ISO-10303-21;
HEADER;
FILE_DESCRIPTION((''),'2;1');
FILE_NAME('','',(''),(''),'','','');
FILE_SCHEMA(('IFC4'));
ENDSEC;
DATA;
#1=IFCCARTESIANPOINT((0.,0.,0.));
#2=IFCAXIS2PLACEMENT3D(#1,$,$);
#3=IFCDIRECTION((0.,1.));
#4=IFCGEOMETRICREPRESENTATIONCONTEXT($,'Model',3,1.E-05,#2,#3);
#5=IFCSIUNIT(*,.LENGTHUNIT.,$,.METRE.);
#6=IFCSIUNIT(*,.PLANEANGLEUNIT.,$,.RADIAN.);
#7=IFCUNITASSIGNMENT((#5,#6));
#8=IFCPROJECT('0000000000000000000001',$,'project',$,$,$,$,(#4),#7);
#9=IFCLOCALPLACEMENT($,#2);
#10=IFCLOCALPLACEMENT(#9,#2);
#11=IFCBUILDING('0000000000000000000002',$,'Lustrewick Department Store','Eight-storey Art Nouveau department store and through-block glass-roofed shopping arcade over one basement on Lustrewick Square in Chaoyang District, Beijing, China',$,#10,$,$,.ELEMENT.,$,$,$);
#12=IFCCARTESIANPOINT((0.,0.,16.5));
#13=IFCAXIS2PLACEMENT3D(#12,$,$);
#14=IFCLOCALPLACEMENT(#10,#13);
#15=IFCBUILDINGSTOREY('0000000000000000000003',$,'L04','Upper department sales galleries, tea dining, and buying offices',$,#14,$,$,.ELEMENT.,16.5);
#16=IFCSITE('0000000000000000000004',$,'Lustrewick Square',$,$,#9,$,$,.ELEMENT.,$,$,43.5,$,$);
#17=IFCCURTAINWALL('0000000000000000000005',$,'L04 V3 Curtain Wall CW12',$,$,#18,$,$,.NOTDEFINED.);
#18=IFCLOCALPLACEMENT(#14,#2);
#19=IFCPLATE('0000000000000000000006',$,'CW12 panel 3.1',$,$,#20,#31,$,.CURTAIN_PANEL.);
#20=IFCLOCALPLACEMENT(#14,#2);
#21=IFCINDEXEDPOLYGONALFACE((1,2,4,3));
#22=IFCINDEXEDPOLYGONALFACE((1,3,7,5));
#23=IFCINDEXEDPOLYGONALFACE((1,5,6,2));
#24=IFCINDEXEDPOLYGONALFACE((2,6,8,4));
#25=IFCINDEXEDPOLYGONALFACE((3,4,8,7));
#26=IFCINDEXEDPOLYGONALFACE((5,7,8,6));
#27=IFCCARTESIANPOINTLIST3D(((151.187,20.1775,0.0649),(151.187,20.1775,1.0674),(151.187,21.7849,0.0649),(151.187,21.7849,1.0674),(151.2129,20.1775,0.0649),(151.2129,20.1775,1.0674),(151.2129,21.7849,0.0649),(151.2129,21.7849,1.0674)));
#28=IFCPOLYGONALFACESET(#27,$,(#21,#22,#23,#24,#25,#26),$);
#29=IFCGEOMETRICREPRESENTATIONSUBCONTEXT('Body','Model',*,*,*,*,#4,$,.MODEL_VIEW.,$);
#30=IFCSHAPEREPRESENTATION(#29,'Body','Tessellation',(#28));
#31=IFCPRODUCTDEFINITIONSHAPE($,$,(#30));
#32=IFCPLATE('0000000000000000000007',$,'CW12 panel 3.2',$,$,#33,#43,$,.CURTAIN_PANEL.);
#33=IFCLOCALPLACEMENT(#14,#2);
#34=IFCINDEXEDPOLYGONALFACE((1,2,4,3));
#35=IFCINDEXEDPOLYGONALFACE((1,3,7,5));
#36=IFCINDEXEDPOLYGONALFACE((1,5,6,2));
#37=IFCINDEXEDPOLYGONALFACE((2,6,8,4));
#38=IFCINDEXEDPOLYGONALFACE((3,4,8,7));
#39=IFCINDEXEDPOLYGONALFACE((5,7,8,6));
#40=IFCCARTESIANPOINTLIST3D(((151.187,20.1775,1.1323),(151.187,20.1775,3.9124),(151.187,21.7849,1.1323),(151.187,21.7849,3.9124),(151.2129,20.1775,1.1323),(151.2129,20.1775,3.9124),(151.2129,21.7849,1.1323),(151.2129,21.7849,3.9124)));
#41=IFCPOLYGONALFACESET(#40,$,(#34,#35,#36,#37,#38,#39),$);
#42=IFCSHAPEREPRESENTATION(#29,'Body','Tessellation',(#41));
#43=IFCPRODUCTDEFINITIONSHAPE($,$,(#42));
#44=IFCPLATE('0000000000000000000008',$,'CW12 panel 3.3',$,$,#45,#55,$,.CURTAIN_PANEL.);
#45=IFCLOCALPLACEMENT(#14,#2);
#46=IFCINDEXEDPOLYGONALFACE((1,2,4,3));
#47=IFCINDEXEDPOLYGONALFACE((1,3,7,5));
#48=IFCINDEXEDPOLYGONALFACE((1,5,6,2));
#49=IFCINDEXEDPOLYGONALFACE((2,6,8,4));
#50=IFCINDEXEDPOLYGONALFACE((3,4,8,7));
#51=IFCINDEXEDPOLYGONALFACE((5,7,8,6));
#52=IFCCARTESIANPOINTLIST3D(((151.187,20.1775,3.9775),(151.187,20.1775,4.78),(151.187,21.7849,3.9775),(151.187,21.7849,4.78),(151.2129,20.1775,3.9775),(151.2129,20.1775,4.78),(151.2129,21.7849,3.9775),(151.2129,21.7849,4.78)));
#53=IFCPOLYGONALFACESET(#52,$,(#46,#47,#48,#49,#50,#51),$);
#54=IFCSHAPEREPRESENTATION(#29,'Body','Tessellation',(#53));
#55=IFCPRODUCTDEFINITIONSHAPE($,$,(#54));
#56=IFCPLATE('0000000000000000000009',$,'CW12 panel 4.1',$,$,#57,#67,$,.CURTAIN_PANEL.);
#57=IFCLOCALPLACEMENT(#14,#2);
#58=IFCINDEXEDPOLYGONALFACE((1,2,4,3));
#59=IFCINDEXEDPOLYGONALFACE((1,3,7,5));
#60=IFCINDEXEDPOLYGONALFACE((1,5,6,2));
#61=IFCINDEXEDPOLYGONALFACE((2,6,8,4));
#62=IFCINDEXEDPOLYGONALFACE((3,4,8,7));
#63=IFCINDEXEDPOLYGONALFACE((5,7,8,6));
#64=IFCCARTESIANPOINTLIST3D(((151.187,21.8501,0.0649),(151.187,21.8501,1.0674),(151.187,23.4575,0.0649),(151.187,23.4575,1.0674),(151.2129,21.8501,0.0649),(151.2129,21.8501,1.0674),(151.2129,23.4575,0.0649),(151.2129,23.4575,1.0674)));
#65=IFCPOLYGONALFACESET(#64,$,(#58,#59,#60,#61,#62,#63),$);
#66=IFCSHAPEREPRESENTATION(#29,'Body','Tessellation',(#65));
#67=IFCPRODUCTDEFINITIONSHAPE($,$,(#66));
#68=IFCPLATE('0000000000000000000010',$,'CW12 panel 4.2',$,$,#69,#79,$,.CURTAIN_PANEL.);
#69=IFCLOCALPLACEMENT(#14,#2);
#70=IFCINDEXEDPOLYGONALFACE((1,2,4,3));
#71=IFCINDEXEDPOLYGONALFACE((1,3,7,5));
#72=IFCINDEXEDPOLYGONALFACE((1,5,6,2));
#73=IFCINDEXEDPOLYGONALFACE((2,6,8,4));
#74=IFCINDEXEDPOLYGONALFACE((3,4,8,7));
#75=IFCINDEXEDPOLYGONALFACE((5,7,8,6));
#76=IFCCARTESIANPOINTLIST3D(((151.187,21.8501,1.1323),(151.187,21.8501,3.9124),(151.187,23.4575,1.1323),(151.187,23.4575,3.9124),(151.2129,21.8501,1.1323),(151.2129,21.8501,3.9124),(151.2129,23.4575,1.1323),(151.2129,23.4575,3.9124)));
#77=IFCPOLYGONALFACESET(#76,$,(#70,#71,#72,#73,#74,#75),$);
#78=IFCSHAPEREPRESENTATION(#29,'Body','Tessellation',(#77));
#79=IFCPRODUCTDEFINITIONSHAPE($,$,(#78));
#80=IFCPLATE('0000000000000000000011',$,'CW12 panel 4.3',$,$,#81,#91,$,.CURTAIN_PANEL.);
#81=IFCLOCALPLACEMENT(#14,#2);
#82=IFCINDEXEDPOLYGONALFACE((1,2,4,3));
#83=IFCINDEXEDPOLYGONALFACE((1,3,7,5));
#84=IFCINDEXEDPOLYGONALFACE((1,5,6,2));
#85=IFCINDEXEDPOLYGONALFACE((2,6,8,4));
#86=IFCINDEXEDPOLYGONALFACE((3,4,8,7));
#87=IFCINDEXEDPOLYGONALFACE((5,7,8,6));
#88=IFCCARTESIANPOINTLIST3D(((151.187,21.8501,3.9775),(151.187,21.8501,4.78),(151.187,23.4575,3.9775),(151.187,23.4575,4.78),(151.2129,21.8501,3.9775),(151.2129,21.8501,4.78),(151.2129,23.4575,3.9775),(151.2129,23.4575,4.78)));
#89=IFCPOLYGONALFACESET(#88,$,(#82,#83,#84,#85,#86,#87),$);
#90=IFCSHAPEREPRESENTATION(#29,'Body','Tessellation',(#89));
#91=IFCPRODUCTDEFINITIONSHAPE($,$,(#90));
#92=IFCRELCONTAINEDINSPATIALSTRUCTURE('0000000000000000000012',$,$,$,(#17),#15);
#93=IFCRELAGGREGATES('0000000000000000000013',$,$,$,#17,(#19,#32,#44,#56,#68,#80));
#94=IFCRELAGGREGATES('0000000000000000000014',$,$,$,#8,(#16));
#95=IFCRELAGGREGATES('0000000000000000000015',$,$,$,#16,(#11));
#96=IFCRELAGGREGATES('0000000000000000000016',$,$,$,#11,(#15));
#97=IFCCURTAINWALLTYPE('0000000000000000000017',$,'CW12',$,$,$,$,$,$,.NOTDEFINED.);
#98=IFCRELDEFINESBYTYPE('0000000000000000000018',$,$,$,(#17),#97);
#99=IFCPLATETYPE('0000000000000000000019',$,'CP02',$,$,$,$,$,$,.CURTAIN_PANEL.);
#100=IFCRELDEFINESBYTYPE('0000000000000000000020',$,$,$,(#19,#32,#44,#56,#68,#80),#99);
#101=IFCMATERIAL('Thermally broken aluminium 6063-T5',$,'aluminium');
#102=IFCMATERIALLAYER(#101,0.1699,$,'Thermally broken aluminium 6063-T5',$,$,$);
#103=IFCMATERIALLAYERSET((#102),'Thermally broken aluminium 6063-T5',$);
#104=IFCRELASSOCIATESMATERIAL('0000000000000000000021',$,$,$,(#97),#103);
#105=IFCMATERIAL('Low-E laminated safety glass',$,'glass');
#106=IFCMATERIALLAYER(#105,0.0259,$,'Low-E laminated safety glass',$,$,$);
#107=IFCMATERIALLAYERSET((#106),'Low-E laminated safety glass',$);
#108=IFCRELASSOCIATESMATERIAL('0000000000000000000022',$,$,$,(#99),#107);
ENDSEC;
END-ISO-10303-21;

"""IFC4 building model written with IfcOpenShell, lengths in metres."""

from ifc_helpers import new_model, si_unit, direction, frame, origin, origin_2d, place, context, subcontext, project, spatial, rectangle, extrude, material, layer, layer_set, type_object, element, aggregate, save


model = new_model("IFC4")

# Units and contexts
model_context = context("Model", 3, precision=1e-05, world=origin(), true_north=direction((0.0, 1.0)))
body_context = subcontext(model_context, "Body", "Model", "MODEL_VIEW")
ifc_project = project(units=[si_unit("LENGTHUNIT", "METRE"), si_unit("PLANEANGLEUNIT", "RADIAN")], contexts=[model_context])

# Site, building, storey
site_placement = place(None, origin())
site = spatial("IfcSite", under=ifc_project, at=site_placement, Name="Lustrewick Square", CompositionType="ELEMENT", RefElevation=43.5)
building_placement = place(site_placement, origin())
building = spatial("IfcBuilding", under=site, at=building_placement, Name="Lustrewick Department Store", Description="Eight-storey Art Nouveau department store and through-block glass-roofed shopping arcade over one basement on Lustrewick Square in Chaoyang District, Beijing, China", CompositionType="ELEMENT")
storey_placement = place(building_placement, frame((0.0, 0.0, 16.5)))
storey = spatial("IfcBuildingStorey", under=building, at=storey_placement, Name="L04", Description="Upper department sales galleries, tea dining, and buying offices", CompositionType="ELEMENT", Elevation=16.5)

# Curtain wall, plates
ifc_material_1 = material(Name="Thermally broken aluminium 6063-T5", Category="aluminium")
ifc_layer_1 = layer(ifc_material_1, 0.1699, Name="Thermally broken aluminium 6063-T5")
ifc_layer_set_1 = layer_set([ifc_layer_1], Name="Thermally broken aluminium 6063-T5")
curtain_wall_type = type_object("IfcCurtainWallType", Name="CW12", PredefinedType="NOTDEFINED", material=ifc_layer_set_1)
curtain_wall_placement = place(storey_placement, origin())
curtain_wall = element("IfcCurtainWall", 1, at=curtain_wall_placement, inside=storey, type_object=curtain_wall_type, Name="L04 V3 Curtain Wall CW12", PredefinedType="NOTDEFINED")
ifc_material_2 = material(Name="Low-E laminated safety glass", Category="glass")
ifc_layer_2 = layer(ifc_material_2, 0.0259, Name="Low-E laminated safety glass")
ifc_layer_set_2 = layer_set([ifc_layer_2], Name="Low-E laminated safety glass")
plate_type = type_object("IfcPlateType", Name="CP02", PredefinedType="CURTAIN_PANEL", material=ifc_layer_set_2)
plate_1_placement = place(storey_placement, frame((151.2, 20.9812, 0.0649), z_axis=(0.0, 0.0, 1.0), x_axis=(0.0, 1.0, 0.0)))
plate_1 = element("IfcPlate", 2, at=plate_1_placement, type_object=plate_type, Name="CW12 panel 3.1", PredefinedType="CURTAIN_PANEL", context=body_context, shape_type="SweptSolid", body=[
    extrude(rectangle(XDim=1.6074, YDim=0.0259, at=origin_2d()), origin(), (0.0, 0.0, 1.0), 1.0024),
])
plate_2_placement = place(storey_placement, frame((151.2, 20.9812, 1.1323), z_axis=(0.0, 0.0, 1.0), x_axis=(0.0, 1.0, 0.0)))
plate_2 = element("IfcPlate", 3, at=plate_2_placement, type_object=plate_type, Name="CW12 panel 3.2", PredefinedType="CURTAIN_PANEL", context=body_context, shape_type="SweptSolid", body=[
    extrude(rectangle(XDim=1.6074, YDim=0.0259, at=origin_2d()), origin(), (0.0, 0.0, 1.0), 2.78),
])
plate_3_placement = place(storey_placement, frame((151.2, 20.9812, 3.9775), z_axis=(0.0, 0.0, 1.0), x_axis=(0.0, 1.0, 0.0)))
plate_3 = element("IfcPlate", 4, at=plate_3_placement, type_object=plate_type, Name="CW12 panel 3.3", PredefinedType="CURTAIN_PANEL", context=body_context, shape_type="SweptSolid", body=[
    extrude(rectangle(XDim=1.6074, YDim=0.0259, at=origin_2d()), origin(), (0.0, 0.0, 1.0), 0.8025),
])
plate_4_placement = place(storey_placement, frame((151.2, 22.6538, 0.0649), z_axis=(0.0, 0.0, 1.0), x_axis=(0.0, 1.0, 0.0)))
plate_4 = element("IfcPlate", 5, at=plate_4_placement, type_object=plate_type, Name="CW12 panel 4.1", PredefinedType="CURTAIN_PANEL", context=body_context, shape_type="SweptSolid", body=[
    extrude(rectangle(XDim=1.6074, YDim=0.0259, at=origin_2d()), origin(), (0.0, 0.0, 1.0), 1.0024),
])
plate_5_placement = place(storey_placement, frame((151.2, 22.6538, 1.1323), z_axis=(0.0, 0.0, 1.0), x_axis=(0.0, 1.0, 0.0)))
plate_5 = element("IfcPlate", 6, at=plate_5_placement, type_object=plate_type, Name="CW12 panel 4.2", PredefinedType="CURTAIN_PANEL", context=body_context, shape_type="SweptSolid", body=[
    extrude(rectangle(XDim=1.6074, YDim=0.0259, at=origin_2d()), origin(), (0.0, 0.0, 1.0), 2.78),
])
plate_6_placement = place(storey_placement, frame((151.2, 22.6538, 3.9775), z_axis=(0.0, 0.0, 1.0), x_axis=(0.0, 1.0, 0.0)))
plate_6 = element("IfcPlate", 7, at=plate_6_placement, type_object=plate_type, Name="CW12 panel 4.3", PredefinedType="CURTAIN_PANEL", context=body_context, shape_type="SweptSolid", body=[
    extrude(rectangle(XDim=1.6074, YDim=0.0259, at=origin_2d()), origin(), (0.0, 0.0, 1.0), 0.8025),
])
aggregate(curtain_wall, [plate_1, plate_2, plate_3, plate_4, plate_5, plate_6])

save(model, "model.ifc")
